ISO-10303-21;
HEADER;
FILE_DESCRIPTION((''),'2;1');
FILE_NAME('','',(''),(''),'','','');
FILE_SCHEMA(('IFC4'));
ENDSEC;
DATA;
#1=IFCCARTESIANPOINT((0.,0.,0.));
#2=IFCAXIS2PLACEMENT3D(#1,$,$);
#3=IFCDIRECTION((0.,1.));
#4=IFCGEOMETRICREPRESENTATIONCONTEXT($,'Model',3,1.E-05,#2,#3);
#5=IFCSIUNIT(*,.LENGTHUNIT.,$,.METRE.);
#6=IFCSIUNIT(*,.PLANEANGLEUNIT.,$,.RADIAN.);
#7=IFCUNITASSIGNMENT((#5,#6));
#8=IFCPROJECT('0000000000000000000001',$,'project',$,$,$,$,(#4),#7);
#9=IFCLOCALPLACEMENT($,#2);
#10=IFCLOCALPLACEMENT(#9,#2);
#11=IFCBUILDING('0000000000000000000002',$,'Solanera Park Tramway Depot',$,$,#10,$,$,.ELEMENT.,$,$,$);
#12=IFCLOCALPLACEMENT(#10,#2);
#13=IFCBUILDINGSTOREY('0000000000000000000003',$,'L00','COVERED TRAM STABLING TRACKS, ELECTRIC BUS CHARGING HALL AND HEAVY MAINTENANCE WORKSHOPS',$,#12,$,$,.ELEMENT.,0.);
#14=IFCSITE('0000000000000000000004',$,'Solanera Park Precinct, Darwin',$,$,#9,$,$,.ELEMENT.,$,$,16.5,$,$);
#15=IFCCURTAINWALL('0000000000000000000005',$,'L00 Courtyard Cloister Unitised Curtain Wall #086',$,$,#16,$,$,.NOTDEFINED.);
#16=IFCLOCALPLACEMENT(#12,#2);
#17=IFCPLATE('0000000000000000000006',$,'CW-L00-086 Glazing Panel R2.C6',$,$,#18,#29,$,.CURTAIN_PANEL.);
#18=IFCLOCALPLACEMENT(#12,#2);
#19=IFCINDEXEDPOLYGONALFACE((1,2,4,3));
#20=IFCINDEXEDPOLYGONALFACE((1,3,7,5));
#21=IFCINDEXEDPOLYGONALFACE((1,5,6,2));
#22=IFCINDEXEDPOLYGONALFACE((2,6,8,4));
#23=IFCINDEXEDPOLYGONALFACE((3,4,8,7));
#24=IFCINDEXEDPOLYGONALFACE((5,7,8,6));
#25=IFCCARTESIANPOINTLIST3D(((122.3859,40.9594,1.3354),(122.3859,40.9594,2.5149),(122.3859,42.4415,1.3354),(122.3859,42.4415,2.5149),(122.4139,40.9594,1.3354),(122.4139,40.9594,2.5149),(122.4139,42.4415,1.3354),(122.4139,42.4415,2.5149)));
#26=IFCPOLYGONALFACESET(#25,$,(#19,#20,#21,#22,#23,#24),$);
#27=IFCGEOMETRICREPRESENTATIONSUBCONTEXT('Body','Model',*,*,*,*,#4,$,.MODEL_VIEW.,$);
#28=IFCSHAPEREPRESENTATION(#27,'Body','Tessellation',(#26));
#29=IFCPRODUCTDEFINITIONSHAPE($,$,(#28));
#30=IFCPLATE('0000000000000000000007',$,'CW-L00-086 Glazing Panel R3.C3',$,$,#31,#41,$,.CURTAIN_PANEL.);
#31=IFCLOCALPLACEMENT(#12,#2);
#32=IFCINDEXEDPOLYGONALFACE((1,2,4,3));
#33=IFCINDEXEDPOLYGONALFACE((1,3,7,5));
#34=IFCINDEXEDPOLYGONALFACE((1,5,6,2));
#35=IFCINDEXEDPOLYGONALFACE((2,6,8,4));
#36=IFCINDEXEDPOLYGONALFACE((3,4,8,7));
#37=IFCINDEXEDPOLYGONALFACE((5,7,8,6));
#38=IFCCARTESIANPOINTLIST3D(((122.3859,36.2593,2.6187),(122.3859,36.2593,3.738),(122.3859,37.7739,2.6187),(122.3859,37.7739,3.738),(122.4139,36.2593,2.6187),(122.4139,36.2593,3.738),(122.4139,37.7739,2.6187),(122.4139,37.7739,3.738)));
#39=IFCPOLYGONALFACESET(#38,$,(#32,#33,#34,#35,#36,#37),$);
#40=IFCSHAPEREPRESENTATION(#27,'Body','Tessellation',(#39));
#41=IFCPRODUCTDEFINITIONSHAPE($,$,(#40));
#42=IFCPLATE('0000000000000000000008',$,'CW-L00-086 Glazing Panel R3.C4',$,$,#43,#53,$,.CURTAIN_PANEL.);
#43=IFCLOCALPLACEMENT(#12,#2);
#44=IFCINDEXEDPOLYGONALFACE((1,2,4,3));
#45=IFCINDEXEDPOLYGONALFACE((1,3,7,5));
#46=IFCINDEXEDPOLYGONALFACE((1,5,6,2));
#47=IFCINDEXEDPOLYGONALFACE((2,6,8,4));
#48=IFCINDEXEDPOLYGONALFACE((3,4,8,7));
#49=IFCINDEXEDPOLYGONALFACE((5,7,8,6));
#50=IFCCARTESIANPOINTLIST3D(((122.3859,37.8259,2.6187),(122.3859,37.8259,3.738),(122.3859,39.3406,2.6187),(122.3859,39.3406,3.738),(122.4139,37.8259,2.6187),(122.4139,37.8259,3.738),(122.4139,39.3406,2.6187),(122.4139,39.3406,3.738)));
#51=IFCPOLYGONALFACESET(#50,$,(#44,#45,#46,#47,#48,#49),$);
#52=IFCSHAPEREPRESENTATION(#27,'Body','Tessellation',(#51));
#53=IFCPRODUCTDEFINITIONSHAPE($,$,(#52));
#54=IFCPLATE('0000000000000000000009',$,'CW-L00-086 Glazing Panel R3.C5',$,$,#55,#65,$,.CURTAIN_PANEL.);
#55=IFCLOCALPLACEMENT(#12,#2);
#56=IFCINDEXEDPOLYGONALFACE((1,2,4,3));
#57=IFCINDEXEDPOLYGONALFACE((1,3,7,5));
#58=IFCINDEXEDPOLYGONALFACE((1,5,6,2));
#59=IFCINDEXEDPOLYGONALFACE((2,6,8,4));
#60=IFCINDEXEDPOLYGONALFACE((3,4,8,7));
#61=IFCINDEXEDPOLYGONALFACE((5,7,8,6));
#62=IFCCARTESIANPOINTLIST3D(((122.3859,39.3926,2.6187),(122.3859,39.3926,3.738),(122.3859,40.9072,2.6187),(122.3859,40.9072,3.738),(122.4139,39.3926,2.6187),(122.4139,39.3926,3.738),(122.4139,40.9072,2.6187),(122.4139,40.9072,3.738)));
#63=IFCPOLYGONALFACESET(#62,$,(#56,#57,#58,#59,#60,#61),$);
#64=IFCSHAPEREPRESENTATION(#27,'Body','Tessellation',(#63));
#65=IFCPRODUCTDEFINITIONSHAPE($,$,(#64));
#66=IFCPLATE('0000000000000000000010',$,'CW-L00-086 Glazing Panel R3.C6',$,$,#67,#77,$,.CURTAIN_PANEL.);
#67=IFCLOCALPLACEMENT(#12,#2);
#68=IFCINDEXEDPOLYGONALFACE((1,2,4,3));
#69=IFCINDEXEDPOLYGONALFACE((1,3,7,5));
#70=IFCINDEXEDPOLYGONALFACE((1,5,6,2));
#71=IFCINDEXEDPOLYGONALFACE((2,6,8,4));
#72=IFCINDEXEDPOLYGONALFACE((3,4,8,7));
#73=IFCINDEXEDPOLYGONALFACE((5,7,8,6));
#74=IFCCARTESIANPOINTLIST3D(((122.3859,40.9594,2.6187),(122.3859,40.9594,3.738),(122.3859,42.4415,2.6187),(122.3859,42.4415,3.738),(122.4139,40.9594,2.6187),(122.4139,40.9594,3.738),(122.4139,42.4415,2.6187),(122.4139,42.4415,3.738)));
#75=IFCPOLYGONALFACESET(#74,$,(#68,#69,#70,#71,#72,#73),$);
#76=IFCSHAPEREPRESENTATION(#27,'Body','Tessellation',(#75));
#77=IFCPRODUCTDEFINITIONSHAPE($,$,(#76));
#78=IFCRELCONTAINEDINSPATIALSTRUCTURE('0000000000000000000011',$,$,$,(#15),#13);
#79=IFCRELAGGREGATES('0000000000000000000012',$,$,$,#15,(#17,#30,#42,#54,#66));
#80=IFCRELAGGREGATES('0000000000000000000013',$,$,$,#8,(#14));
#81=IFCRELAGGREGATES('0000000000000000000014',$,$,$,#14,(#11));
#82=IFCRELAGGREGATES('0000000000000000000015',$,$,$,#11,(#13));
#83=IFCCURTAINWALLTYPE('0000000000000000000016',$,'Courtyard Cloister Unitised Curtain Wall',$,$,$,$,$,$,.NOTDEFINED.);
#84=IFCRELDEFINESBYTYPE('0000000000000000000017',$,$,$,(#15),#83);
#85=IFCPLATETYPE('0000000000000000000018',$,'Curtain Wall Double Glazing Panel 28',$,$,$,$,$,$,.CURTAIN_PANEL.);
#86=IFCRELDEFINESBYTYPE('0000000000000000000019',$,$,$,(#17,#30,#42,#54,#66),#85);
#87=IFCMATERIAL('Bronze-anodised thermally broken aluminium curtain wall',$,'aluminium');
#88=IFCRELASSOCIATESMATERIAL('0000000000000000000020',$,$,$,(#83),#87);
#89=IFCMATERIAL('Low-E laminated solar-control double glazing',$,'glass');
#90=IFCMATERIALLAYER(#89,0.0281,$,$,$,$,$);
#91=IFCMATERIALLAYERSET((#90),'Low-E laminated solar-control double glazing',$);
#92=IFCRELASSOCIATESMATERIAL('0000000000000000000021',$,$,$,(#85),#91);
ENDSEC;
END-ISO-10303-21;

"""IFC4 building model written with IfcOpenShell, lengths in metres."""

from ifc_helpers import new_model, si_unit, direction, frame, origin, origin_2d, place, context, subcontext, project, spatial, rectangle, extrude, material, layer, layer_set, type_object, element, aggregate, save


model = new_model("IFC4")

# Units and contexts
model_context = context("Model", 3, precision=1e-05, world=origin(), true_north=direction((0.0, 1.0)))
body_context = subcontext(model_context, "Body", "Model", "MODEL_VIEW")
ifc_project = project(units=[si_unit("LENGTHUNIT", "METRE"), si_unit("PLANEANGLEUNIT", "RADIAN")], contexts=[model_context])

# Site, building, storey
site_placement = place(None, origin())
site = spatial("IfcSite", under=ifc_project, at=site_placement, Name="Solanera Park Precinct, Darwin", CompositionType="ELEMENT", RefElevation=16.5)
building_placement = place(site_placement, origin())
building = spatial("IfcBuilding", under=site, at=building_placement, Name="Solanera Park Tramway Depot", CompositionType="ELEMENT")
storey_placement = place(building_placement, origin())
storey = spatial("IfcBuildingStorey", under=building, at=storey_placement, Name="L00", Description="COVERED TRAM STABLING TRACKS, ELECTRIC BUS CHARGING HALL AND HEAVY MAINTENANCE WORKSHOPS", CompositionType="ELEMENT", Elevation=0.0)

# Curtain wall, plates
ifc_material_1 = material(Name="Bronze-anodised thermally broken aluminium curtain wall", Category="aluminium")
curtain_wall_type = type_object("IfcCurtainWallType", Name="Courtyard Cloister Unitised Curtain Wall", PredefinedType="NOTDEFINED", material=ifc_material_1)
curtain_wall_placement = place(storey_placement, origin())
curtain_wall = element("IfcCurtainWall", 1, at=curtain_wall_placement, inside=storey, type_object=curtain_wall_type, Name="L00 Courtyard Cloister Unitised Curtain Wall #086", PredefinedType="NOTDEFINED")
ifc_material_2 = material(Name="Low-E laminated solar-control double glazing", Category="glass")
ifc_layer = layer(ifc_material_2, 0.0281)
ifc_layer_set = layer_set([ifc_layer], Name="Low-E laminated solar-control double glazing")
plate_type = type_object("IfcPlateType", Name="Curtain Wall Double Glazing Panel 28", PredefinedType="CURTAIN_PANEL", material=ifc_layer_set)
plate_1_placement = place(storey_placement, frame((122.3999, 41.7004, 1.3354), z_axis=(0.0, 0.0, 1.0), x_axis=(0.0, 1.0, 0.0)))
plate_1 = element("IfcPlate", 2, at=plate_1_placement, type_object=plate_type, Name="CW-L00-086 Glazing Panel R2.C6", PredefinedType="CURTAIN_PANEL", context=body_context, shape_type="SweptSolid", body=[
    extrude(rectangle(XDim=1.4822, YDim=0.0281, at=origin_2d()), origin(), (0.0, 0.0, 1.0), 1.1794),
])
plate_2_placement = place(storey_placement, frame((122.3999, 37.0166, 2.6187), z_axis=(0.0, 0.0, 1.0), x_axis=(0.0, 1.0, 0.0)))
plate_2 = element("IfcPlate", 3, at=plate_2_placement, type_object=plate_type, Name="CW-L00-086 Glazing Panel R3.C3", PredefinedType="CURTAIN_PANEL", context=body_context, shape_type="SweptSolid", body=[
    extrude(rectangle(XDim=1.5146, YDim=0.0281, at=origin_2d()), origin(), (0.0, 0.0, 1.0), 1.1194),
])
plate_3_placement = place(storey_placement, frame((122.3999, 38.5833, 2.6187), z_axis=(0.0, 0.0, 1.0), x_axis=(0.0, 1.0, 0.0)))
plate_3 = element("IfcPlate", 4, at=plate_3_placement, type_object=plate_type, Name="CW-L00-086 Glazing Panel R3.C4", PredefinedType="CURTAIN_PANEL", context=body_context, shape_type="SweptSolid", body=[
    extrude(rectangle(XDim=1.5146, YDim=0.0281, at=origin_2d()), origin(), (0.0, 0.0, 1.0), 1.1194),
])
plate_4_placement = place(storey_placement, frame((122.3999, 40.1499, 2.6187), z_axis=(0.0, 0.0, 1.0), x_axis=(0.0, 1.0, 0.0)))
plate_4 = element("IfcPlate", 5, at=plate_4_placement, type_object=plate_type, Name="CW-L00-086 Glazing Panel R3.C5", PredefinedType="CURTAIN_PANEL", context=body_context, shape_type="SweptSolid", body=[
    extrude(rectangle(XDim=1.5146, YDim=0.0281, at=origin_2d()), origin(), (0.0, 0.0, 1.0), 1.1194),
])
plate_5_placement = place(storey_placement, frame((122.3999, 41.7004, 2.6187), z_axis=(0.0, 0.0, 1.0), x_axis=(0.0, 1.0, 0.0)))
plate_5 = element("IfcPlate", 6, at=plate_5_placement, type_object=plate_type, Name="CW-L00-086 Glazing Panel R3.C6", PredefinedType="CURTAIN_PANEL", context=body_context, shape_type="SweptSolid", body=[
    extrude(rectangle(XDim=1.4822, YDim=0.0281, at=origin_2d()), origin(), (0.0, 0.0, 1.0), 1.1194),
])
aggregate(curtain_wall, [plate_1, plate_2, plate_3, plate_4, plate_5])

save(model, "model.ifc")
